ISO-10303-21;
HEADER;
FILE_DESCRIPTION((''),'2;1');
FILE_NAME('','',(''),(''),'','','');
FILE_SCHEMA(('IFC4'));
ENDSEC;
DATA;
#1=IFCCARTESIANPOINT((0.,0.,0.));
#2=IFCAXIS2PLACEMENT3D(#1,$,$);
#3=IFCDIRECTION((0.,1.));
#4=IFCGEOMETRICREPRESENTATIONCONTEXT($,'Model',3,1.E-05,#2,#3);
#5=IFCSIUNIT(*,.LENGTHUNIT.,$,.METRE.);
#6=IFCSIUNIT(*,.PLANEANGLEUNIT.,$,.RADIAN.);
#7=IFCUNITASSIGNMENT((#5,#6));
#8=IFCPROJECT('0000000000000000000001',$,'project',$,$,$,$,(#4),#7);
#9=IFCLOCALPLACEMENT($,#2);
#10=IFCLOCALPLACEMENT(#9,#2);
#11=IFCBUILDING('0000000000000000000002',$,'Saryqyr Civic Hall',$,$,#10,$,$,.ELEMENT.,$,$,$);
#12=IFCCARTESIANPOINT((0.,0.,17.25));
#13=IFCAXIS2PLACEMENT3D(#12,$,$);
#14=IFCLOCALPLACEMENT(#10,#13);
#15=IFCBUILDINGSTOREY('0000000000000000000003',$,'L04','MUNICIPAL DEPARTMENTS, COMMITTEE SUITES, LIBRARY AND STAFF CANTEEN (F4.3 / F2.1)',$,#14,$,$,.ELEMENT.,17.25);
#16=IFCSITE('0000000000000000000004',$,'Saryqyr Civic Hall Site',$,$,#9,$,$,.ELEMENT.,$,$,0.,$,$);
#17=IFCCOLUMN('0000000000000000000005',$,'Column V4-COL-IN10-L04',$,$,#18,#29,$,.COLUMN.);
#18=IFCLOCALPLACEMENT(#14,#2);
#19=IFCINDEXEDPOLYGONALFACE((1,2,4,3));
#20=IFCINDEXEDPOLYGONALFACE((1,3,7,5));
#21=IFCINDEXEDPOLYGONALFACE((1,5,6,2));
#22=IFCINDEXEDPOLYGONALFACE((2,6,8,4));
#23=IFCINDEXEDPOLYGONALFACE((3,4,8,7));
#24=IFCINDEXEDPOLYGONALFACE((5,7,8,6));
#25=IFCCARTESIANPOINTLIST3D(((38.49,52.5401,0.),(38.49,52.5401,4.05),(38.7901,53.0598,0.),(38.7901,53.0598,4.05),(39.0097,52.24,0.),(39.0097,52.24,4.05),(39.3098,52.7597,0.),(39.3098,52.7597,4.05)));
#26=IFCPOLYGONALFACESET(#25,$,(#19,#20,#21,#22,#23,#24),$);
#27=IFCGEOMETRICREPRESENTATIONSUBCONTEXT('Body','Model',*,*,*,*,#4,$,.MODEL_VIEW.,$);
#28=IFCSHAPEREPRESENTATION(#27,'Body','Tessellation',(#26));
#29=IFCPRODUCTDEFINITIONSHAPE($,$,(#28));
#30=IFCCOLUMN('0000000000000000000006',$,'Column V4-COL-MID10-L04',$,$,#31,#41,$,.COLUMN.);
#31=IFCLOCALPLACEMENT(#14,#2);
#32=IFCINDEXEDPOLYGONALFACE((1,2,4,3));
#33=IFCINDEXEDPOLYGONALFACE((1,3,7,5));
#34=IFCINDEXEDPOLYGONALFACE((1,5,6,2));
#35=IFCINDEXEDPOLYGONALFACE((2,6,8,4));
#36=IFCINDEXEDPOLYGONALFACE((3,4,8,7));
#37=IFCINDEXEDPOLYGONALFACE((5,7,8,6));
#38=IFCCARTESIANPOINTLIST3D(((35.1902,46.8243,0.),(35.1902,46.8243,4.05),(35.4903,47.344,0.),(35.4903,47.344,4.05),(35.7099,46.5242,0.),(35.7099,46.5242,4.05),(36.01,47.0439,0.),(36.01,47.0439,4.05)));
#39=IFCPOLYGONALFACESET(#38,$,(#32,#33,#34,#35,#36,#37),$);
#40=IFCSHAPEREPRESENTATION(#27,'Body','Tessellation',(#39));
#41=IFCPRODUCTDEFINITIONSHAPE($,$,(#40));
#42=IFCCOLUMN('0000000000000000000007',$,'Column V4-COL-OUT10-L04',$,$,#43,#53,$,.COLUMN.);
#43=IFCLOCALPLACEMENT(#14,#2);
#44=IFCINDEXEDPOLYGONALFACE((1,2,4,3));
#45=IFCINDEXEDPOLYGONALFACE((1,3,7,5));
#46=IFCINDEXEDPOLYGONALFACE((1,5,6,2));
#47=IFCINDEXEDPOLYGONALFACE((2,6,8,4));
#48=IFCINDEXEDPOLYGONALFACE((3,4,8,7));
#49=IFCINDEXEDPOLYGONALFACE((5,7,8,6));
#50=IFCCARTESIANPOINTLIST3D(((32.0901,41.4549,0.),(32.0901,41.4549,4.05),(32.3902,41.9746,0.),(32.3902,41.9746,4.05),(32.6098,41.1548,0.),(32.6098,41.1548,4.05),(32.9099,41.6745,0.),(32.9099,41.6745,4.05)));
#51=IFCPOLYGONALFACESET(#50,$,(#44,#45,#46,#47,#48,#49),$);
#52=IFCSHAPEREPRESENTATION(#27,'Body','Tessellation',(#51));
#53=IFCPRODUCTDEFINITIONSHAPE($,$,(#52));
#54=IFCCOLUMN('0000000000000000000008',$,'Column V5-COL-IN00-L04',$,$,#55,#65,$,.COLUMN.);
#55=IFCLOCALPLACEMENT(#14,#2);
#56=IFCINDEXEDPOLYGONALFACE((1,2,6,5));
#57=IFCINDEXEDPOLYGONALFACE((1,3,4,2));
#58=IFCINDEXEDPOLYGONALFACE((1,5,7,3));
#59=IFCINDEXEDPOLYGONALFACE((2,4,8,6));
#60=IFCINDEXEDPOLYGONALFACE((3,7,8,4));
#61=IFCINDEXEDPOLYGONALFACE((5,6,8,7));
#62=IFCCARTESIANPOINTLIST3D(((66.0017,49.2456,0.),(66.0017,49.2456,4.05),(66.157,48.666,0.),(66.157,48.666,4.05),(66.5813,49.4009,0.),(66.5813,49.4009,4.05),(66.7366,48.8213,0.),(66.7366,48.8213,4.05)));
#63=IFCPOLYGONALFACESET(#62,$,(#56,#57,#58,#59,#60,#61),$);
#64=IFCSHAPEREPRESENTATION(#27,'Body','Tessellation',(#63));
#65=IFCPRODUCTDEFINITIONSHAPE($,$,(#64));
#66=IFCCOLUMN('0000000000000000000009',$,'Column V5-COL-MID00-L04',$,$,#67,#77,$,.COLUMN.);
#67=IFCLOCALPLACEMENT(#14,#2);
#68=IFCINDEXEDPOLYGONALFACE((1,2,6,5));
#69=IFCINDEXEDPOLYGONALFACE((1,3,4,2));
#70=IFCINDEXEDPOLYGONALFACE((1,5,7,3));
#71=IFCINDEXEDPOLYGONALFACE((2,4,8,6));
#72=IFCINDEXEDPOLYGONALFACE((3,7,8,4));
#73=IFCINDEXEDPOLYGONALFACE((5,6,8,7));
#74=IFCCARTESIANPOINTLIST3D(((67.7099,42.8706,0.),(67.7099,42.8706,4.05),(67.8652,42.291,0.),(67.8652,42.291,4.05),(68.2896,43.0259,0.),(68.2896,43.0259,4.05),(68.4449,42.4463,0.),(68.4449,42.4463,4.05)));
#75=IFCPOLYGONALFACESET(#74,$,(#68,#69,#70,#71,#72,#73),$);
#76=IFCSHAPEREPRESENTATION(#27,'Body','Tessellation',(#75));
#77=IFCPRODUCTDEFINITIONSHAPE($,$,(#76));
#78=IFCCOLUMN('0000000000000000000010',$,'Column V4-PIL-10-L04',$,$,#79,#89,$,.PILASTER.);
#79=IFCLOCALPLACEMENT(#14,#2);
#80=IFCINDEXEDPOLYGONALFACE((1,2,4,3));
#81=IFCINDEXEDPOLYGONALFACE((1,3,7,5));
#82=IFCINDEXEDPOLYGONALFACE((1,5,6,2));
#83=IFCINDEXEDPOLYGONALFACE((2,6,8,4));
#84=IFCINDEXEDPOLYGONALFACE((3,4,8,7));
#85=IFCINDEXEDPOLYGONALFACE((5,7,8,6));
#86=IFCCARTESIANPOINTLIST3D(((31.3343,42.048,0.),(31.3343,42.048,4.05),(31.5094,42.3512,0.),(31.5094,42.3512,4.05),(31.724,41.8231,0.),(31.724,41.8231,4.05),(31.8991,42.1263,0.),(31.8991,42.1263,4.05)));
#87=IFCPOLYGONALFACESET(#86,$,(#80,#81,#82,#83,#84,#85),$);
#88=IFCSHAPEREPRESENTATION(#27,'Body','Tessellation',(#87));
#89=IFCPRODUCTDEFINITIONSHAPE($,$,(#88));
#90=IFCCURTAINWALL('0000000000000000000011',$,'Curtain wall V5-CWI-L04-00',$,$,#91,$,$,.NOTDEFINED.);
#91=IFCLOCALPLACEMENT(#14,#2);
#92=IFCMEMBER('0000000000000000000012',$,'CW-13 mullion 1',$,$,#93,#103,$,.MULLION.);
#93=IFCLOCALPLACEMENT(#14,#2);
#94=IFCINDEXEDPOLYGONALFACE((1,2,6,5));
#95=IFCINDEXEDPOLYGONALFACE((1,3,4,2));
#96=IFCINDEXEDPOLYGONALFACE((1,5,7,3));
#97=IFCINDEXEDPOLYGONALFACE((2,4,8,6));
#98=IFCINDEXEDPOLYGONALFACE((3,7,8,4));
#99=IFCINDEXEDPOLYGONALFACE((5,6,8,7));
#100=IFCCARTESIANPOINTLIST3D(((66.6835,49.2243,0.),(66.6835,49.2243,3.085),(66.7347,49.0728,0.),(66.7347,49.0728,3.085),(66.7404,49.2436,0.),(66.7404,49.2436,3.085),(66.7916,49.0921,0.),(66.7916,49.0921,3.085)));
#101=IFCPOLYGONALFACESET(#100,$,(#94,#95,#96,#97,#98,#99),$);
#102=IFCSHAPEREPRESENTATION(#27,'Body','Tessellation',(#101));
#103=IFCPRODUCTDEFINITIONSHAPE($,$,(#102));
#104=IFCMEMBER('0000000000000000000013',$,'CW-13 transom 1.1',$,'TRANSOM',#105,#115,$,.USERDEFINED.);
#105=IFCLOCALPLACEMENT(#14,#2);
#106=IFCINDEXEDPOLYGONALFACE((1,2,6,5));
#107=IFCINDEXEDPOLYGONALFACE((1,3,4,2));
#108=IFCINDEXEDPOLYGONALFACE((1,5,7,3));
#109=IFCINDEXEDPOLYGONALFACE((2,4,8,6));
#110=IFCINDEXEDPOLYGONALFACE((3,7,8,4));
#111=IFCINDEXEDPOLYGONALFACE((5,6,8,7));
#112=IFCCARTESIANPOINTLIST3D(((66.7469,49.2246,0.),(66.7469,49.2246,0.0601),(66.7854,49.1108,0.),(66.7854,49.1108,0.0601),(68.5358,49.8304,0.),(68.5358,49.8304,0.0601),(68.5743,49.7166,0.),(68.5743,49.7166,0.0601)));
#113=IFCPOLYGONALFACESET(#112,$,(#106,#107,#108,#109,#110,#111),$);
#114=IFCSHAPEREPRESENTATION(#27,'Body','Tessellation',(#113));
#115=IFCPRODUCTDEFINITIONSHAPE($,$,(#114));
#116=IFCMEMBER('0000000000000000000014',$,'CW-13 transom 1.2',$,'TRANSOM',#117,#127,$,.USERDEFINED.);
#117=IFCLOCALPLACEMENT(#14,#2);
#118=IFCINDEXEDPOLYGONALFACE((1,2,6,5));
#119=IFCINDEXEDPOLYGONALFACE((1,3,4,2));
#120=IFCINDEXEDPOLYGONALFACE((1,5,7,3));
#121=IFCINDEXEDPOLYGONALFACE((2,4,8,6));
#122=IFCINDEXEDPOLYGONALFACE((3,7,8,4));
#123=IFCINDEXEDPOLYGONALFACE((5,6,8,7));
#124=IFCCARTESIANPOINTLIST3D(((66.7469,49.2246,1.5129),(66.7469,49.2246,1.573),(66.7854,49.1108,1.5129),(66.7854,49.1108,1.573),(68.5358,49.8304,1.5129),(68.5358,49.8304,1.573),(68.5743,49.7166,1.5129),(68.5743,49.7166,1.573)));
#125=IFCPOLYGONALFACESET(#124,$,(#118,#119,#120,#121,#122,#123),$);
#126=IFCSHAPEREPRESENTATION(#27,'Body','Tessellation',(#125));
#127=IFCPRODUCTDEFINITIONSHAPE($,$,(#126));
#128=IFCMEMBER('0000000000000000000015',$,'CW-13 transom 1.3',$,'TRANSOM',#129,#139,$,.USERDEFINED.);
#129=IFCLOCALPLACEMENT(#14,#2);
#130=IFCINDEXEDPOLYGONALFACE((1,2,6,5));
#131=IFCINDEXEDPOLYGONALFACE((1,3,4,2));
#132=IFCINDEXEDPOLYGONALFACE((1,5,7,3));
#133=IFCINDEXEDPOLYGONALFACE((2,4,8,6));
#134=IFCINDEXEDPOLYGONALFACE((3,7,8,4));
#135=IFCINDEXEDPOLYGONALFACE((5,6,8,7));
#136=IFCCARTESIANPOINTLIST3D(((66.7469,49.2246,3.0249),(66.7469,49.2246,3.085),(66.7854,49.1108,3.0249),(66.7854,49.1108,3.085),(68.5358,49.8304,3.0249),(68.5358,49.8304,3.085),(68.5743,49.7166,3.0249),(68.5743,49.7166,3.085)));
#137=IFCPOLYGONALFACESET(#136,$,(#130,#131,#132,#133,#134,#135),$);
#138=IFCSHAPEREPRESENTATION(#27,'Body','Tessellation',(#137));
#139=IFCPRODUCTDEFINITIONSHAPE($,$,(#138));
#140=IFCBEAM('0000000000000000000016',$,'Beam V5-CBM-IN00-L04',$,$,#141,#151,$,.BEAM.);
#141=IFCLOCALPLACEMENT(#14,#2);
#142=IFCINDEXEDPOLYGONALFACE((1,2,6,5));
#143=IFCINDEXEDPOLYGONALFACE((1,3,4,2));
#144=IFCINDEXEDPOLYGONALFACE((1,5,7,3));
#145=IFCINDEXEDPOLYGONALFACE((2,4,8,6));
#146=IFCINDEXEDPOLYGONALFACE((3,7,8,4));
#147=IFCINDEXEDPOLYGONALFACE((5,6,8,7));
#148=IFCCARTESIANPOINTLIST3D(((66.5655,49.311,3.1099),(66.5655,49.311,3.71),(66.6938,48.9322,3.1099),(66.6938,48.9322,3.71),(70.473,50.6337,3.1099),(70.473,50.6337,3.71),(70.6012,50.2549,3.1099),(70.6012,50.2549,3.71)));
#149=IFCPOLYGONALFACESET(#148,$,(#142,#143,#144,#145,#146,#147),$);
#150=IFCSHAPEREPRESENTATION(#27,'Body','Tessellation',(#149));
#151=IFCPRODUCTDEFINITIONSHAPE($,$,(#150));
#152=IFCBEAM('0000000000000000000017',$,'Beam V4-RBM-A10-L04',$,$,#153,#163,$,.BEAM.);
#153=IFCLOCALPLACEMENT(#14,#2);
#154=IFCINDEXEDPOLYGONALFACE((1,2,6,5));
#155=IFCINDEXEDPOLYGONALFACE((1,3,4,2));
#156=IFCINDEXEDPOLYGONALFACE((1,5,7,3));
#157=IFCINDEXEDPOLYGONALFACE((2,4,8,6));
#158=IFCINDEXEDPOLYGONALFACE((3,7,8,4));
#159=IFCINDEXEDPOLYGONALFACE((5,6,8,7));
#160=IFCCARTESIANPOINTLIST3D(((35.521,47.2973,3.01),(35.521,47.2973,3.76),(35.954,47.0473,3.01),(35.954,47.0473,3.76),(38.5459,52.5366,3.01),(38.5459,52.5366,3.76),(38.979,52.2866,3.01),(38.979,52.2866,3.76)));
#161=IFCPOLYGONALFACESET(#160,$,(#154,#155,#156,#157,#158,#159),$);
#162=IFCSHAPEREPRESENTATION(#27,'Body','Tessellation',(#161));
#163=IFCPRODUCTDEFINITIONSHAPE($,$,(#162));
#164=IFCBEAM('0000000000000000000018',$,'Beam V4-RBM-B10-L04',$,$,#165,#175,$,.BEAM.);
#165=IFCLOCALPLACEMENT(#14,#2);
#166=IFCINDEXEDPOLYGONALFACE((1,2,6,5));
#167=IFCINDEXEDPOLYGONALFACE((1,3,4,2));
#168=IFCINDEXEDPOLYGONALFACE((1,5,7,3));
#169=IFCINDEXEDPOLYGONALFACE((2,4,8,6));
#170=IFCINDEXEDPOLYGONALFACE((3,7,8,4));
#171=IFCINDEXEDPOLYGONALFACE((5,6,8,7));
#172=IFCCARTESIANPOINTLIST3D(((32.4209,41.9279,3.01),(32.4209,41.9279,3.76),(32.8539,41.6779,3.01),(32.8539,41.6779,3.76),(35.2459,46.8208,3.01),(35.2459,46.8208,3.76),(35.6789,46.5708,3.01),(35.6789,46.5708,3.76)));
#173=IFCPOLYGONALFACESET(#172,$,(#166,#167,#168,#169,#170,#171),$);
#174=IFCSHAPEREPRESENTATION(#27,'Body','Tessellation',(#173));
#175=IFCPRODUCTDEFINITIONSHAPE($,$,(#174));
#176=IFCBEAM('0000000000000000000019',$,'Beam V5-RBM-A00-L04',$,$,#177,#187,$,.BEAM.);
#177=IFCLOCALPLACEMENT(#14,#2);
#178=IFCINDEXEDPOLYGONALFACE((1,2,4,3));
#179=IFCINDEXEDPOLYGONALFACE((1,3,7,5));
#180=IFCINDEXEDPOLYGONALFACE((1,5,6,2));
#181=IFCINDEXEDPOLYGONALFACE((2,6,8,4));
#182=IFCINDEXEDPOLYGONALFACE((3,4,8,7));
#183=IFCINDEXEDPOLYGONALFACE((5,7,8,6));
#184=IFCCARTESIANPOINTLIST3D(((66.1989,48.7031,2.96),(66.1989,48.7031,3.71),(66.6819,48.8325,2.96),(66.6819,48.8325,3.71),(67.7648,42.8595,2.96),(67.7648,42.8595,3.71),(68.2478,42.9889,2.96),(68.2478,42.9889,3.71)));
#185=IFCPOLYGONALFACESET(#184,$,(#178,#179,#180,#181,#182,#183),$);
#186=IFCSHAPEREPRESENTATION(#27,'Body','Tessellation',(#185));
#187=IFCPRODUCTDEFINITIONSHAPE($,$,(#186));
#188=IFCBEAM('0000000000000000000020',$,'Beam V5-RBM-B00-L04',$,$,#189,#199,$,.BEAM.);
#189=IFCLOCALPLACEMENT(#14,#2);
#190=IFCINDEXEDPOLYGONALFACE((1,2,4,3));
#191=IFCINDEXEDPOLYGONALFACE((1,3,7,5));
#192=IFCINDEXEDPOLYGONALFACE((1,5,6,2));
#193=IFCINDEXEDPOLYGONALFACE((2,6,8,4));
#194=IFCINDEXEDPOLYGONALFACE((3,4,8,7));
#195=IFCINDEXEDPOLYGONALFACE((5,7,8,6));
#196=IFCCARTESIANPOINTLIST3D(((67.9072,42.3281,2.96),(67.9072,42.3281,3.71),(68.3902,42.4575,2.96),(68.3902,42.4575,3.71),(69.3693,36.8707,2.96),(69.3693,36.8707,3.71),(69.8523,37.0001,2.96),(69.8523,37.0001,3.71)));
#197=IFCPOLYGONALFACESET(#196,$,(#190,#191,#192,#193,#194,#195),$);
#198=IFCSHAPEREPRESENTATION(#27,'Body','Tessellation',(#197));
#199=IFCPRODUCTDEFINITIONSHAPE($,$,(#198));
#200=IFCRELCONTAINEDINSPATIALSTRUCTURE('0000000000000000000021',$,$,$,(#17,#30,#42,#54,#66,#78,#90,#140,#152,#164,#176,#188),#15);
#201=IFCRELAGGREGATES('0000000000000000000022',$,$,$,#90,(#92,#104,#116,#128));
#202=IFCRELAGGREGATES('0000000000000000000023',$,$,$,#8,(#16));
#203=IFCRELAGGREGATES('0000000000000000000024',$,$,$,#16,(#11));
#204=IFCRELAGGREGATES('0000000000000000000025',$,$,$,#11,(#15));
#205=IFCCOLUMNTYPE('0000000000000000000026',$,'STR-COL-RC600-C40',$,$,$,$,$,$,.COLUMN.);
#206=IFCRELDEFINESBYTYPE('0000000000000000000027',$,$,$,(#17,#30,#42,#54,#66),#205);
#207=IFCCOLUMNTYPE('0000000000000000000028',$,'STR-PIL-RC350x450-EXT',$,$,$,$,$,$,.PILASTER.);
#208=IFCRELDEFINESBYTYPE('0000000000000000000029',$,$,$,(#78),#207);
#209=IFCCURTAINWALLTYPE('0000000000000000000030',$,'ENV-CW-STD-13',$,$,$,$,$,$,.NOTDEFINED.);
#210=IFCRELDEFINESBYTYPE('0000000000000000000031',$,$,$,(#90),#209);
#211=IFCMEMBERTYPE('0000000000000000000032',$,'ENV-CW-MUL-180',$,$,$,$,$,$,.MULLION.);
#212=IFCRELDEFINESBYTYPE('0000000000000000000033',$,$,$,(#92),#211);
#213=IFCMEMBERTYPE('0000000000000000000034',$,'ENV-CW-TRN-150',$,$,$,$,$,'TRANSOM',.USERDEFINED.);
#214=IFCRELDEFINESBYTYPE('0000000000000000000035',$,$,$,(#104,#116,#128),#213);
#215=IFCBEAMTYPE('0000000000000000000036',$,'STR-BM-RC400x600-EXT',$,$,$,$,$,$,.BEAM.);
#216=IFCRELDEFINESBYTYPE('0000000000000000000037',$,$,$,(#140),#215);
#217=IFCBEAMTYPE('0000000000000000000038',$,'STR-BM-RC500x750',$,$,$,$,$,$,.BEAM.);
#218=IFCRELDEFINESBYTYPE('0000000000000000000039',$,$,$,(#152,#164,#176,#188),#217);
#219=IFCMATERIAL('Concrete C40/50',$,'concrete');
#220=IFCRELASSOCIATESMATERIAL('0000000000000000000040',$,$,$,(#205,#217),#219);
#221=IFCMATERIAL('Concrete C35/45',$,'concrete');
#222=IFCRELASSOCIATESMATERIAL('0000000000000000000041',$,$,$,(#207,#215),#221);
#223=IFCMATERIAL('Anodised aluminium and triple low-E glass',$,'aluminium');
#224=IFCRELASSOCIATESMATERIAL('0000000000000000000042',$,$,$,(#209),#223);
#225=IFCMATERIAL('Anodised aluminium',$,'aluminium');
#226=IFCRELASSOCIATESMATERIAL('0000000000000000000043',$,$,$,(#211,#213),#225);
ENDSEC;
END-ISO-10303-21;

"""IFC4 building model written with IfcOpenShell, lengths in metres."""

from ifc_helpers import new_model, si_unit, direction, frame, origin, origin_2d, place, context, subcontext, project, spatial, rectangle, extrude, material, material_profile, profile_set, type_object, element, aggregate, save


model = new_model("IFC4")

# Units and contexts
model_context = context("Model", 3, precision=1e-05, world=origin(), true_north=direction((0.0, 1.0)))
body_context = subcontext(model_context, "Body", "Model", "MODEL_VIEW")
ifc_project = project(units=[si_unit("LENGTHUNIT", "METRE"), si_unit("PLANEANGLEUNIT", "RADIAN")], contexts=[model_context])

# Site, building, storey
site_placement = place(None, origin())
site = spatial("IfcSite", under=ifc_project, at=site_placement, Name="Saryqyr Civic Hall Site", CompositionType="ELEMENT", RefElevation=0.0)
building_placement = place(site_placement, origin())
building = spatial("IfcBuilding", under=site, at=building_placement, Name="Saryqyr Civic Hall", CompositionType="ELEMENT")
storey_placement = place(building_placement, frame((0.0, 0.0, 17.25)))
storey = spatial("IfcBuildingStorey", under=building, at=storey_placement, Name="L04", Description="MUNICIPAL DEPARTMENTS, COMMITTEE SUITES, LIBRARY AND STAFF CANTEEN (F4.3 / F2.1)", CompositionType="ELEMENT", Elevation=17.25)

# Columns
ifc_material_1 = material(Name="Concrete C40/50", Category="concrete")
ifc_material_profile_1 = material_profile(ifc_material_1, rectangle(XDim=0.6001, YDim=0.6001, at=origin_2d()), Name="RC 600x600")
ifc_profile_set_1 = profile_set([ifc_material_profile_1], Name="Concrete C40/50")
column_type_1 = type_object("IfcColumnType", Name="STR-COL-RC600-C40", PredefinedType="COLUMN", material=ifc_profile_set_1)
for number, where, z_axis, x_axis, name in (
    (1, (38.8999, 52.6499, 0.0), (0.0, 0.0, 1.0), (-0.5, -0.866025, 0.0), "Column V4-COL-IN10-L04"),
    (2, (35.6001, 46.9341, 0.0), (0.0, 0.0, 1.0), (-0.5, -0.866025, 0.0), "Column V4-COL-MID10-L04"),
    (3, (32.5, 41.5647, 0.0), (0.0, 0.0, 1.0), (-0.5, -0.866025, 0.0), "Column V4-COL-OUT10-L04"),
    (4, (66.3691, 49.0334, 0.0), (0.0, 0.0, 1.0), (0.258819, -0.965926, 0.0), "Column V5-COL-IN00-L04"),
    (5, (68.0774, 42.6584, 0.0), (0.0, 0.0, 1.0), (0.258819, -0.965926, 0.0), "Column V5-COL-MID00-L04"),
):
    element("IfcColumn", number, at=place(storey_placement, frame(where, z_axis=z_axis, x_axis=x_axis)), inside=storey, type_object=column_type_1, Name=name, PredefinedType="COLUMN", context=body_context, shape_type="SweptSolid", body=[
        extrude(rectangle(XDim=0.6001, YDim=0.6001, at=origin_2d()), origin(), (0.0, 0.0, 1.0), 4.05),
    ])
ifc_material_2 = material(Name="Concrete C35/45", Category="concrete")
ifc_material_profile_2 = material_profile(ifc_material_2, rectangle(XDim=0.3501, YDim=0.45, at=origin_2d()), Name="RC 350x450")
ifc_profile_set_2 = profile_set([ifc_material_profile_2], Name="Concrete C35/45")
column_type_2 = type_object("IfcColumnType", Name="STR-PIL-RC350x450-EXT", PredefinedType="PILASTER", material=ifc_profile_set_2)
column_placement = place(storey_placement, frame((31.6167, 42.0872, 0.0), z_axis=(0.0, 0.0, 1.0), x_axis=(-0.5, -0.866025, 0.0)))
element("IfcColumn", 6, at=column_placement, inside=storey, type_object=column_type_2, Name="Column V4-PIL-10-L04", PredefinedType="PILASTER", context=body_context, shape_type="SweptSolid", body=[
    extrude(rectangle(XDim=0.3501, YDim=0.45, at=origin_2d()), origin(), (0.0, 0.0, 1.0), 4.05),
])

# Curtain wall, members
ifc_material_3 = material(Name="Anodised aluminium and triple low-E glass", Category="aluminium")
curtain_wall_type = type_object("IfcCurtainWallType", Name="ENV-CW-STD-13", PredefinedType="NOTDEFINED", material=ifc_material_3)
curtain_wall_placement = place(storey_placement, origin())
curtain_wall = element("IfcCurtainWall", 7, at=curtain_wall_placement, inside=storey, type_object=curtain_wall_type, Name="Curtain wall V5-CWI-L04-00", PredefinedType="NOTDEFINED")
ifc_material_4 = material(Name="Anodised aluminium", Category="aluminium")
ifc_material_profile_3 = material_profile(ifc_material_4, rectangle(XDim=0.0601, YDim=0.1599, at=origin_2d()), Name="ALU MULLION 60x160")
ifc_profile_set_3 = profile_set([ifc_material_profile_3], Name="Anodised aluminium")
member_type_1 = type_object("IfcMemberType", Name="ENV-CW-MUL-180", PredefinedType="MULLION", material=ifc_profile_set_3)
member_1_placement = place(storey_placement, frame((66.7375, 49.1582, 0.0), z_axis=(0.0, 0.0, 1.0), x_axis=(0.947202, 0.320636, 0.0)))
member_1 = element("IfcMember", 8, at=member_1_placement, type_object=member_type_1, Name="CW-13 mullion 1", PredefinedType="MULLION", context=body_context, shape_type="SweptSolid", body=[
    extrude(rectangle(XDim=0.0601, YDim=0.1599, at=origin_2d()), origin(), (0.0, 0.0, 1.0), 3.085),
])
ifc_material_profile_4 = material_profile(ifc_material_4, rectangle(XDim=0.1201, YDim=0.0601, at=origin_2d()), Name="ALU TRANSOM 120x60")
ifc_profile_set_4 = profile_set([ifc_material_profile_4], Name="Anodised aluminium")
member_type_2 = type_object("IfcMemberType", Name="ENV-CW-TRN-150", ElementType="TRANSOM", PredefinedType="USERDEFINED", material=ifc_profile_set_4)
member_2_placement = place(storey_placement, frame((66.7661, 49.1677, 0.03), z_axis=(0.947173, 0.320723, 0.0), x_axis=(-0.320723, 0.947173, 0.0)))
member_2 = element("IfcMember", 9, at=member_2_placement, type_object=member_type_2, Name="CW-13 transom 1.1", ObjectType="TRANSOM", PredefinedType="USERDEFINED", context=body_context, shape_type="SweptSolid", body=[
    extrude(rectangle(XDim=0.1201, YDim=0.0601, at=origin_2d()), origin(), (0.0, 0.0, 1.0), 1.8887),
])
member_3_placement = place(storey_placement, frame((66.7661, 49.1677, 1.543), z_axis=(0.947173, 0.320723, 0.0), x_axis=(-0.320723, 0.947173, 0.0)))
member_3 = element("IfcMember", 10, at=member_3_placement, type_object=member_type_2, Name="CW-13 transom 1.2", ObjectType="TRANSOM", PredefinedType="USERDEFINED", context=body_context, shape_type="SweptSolid", body=[
    extrude(rectangle(XDim=0.1201, YDim=0.0601, at=origin_2d()), origin(), (0.0, 0.0, 1.0), 1.8887),
])
member_4_placement = place(storey_placement, frame((66.7661, 49.1677, 3.0549), z_axis=(0.947173, 0.320723, 0.0), x_axis=(-0.320723, 0.947173, 0.0)))
member_4 = element("IfcMember", 11, at=member_4_placement, type_object=member_type_2, Name="CW-13 transom 1.3", ObjectType="TRANSOM", PredefinedType="USERDEFINED", context=body_context, shape_type="SweptSolid", body=[
    extrude(rectangle(XDim=0.1201, YDim=0.0601, at=origin_2d()), origin(), (0.0, 0.0, 1.0), 1.8887),
])

# Beams
ifc_material_profile_5 = material_profile(ifc_material_2, rectangle(XDim=0.3999, YDim=0.6001, at=origin_2d()), Name="RC 400x600")
ifc_profile_set_5 = profile_set([ifc_material_profile_5], Name="Concrete C35/45")
beam_type_1 = type_object("IfcBeamType", Name="STR-BM-RC400x600-EXT", PredefinedType="BEAM", material=ifc_profile_set_5)
beam_1_placement = place(storey_placement, frame((66.6296, 49.1216, 3.4099), z_axis=(0.947199, 0.320645, 0.0), x_axis=(-0.320645, 0.947199, 0.0)))
element("IfcBeam", 12, at=beam_1_placement, inside=storey, type_object=beam_type_1, Name="Beam V5-CBM-IN00-L04", PredefinedType="BEAM", context=body_context, shape_type="SweptSolid", body=[
    extrude(rectangle(XDim=0.3999, YDim=0.6001, at=origin_2d()), origin(), (0.0, 0.0, 1.0), 4.1252),
])
ifc_material_profile_6 = material_profile(ifc_material_1, rectangle(XDim=0.5, YDim=0.75, at=origin_2d()), Name="RC 500x750")
ifc_profile_set_6 = profile_set([ifc_material_profile_6], Name="Concrete C40/50")
beam_type_2 = type_object("IfcBeamType", Name="STR-BM-RC500x750", PredefinedType="BEAM", material=ifc_profile_set_6)
beam_2_placement = place(storey_placement, frame((38.7625, 52.4116, 3.385), z_axis=(-0.500002, -0.866024, 0.0), x_axis=(0.866024, -0.500002, 0.0)))
element("IfcBeam", 13, at=beam_2_placement, inside=storey, type_object=beam_type_2, Name="Beam V4-RBM-A10-L04", PredefinedType="BEAM", context=body_context, shape_type="SweptSolid", body=[
    extrude(rectangle(XDim=0.5, YDim=0.75, at=origin_2d()), origin(), (0.0, 0.0, 1.0), 6.0498),
])
beam_3_placement = place(storey_placement, frame((35.4624, 46.6958, 3.385), z_axis=(-0.50001, -0.866019, 0.0), x_axis=(0.866019, -0.50001, 0.0)))
element("IfcBeam", 14, at=beam_3_placement, inside=storey, type_object=beam_type_2, Name="Beam V4-RBM-B10-L04", PredefinedType="BEAM", context=body_context, shape_type="SweptSolid", body=[
    extrude(rectangle(XDim=0.5, YDim=0.75, at=origin_2d()), origin(), (0.0, 0.0, 1.0), 5.6499),
])
beam_4_placement = place(storey_placement, frame((66.4404, 48.7678, 3.335), z_axis=(0.258833, -0.965922, 0.0), x_axis=(0.965922, 0.258833, 0.0)))
element("IfcBeam", 15, at=beam_4_placement, inside=storey, type_object=beam_type_2, Name="Beam V5-RBM-A00-L04", PredefinedType="BEAM", context=body_context, shape_type="SweptSolid", body=[
    extrude(rectangle(XDim=0.5, YDim=0.75, at=origin_2d()), origin(), (0.0, 0.0, 1.0), 6.0498),
])
beam_5_placement = place(storey_placement, frame((68.1487, 42.3928, 3.335), z_axis=(0.258789, -0.965934, 0.0), x_axis=(0.965934, 0.258789, 0.0)))
element("IfcBeam", 16, at=beam_5_placement, inside=storey, type_object=beam_type_2, Name="Beam V5-RBM-B00-L04", PredefinedType="BEAM", context=body_context, shape_type="SweptSolid", body=[
    extrude(rectangle(XDim=0.5, YDim=0.75, at=origin_2d()), origin(), (0.0, 0.0, 1.0), 5.6499),
])

aggregate(curtain_wall, [member_1, member_2, member_3, member_4])

save(model, "model.ifc")
